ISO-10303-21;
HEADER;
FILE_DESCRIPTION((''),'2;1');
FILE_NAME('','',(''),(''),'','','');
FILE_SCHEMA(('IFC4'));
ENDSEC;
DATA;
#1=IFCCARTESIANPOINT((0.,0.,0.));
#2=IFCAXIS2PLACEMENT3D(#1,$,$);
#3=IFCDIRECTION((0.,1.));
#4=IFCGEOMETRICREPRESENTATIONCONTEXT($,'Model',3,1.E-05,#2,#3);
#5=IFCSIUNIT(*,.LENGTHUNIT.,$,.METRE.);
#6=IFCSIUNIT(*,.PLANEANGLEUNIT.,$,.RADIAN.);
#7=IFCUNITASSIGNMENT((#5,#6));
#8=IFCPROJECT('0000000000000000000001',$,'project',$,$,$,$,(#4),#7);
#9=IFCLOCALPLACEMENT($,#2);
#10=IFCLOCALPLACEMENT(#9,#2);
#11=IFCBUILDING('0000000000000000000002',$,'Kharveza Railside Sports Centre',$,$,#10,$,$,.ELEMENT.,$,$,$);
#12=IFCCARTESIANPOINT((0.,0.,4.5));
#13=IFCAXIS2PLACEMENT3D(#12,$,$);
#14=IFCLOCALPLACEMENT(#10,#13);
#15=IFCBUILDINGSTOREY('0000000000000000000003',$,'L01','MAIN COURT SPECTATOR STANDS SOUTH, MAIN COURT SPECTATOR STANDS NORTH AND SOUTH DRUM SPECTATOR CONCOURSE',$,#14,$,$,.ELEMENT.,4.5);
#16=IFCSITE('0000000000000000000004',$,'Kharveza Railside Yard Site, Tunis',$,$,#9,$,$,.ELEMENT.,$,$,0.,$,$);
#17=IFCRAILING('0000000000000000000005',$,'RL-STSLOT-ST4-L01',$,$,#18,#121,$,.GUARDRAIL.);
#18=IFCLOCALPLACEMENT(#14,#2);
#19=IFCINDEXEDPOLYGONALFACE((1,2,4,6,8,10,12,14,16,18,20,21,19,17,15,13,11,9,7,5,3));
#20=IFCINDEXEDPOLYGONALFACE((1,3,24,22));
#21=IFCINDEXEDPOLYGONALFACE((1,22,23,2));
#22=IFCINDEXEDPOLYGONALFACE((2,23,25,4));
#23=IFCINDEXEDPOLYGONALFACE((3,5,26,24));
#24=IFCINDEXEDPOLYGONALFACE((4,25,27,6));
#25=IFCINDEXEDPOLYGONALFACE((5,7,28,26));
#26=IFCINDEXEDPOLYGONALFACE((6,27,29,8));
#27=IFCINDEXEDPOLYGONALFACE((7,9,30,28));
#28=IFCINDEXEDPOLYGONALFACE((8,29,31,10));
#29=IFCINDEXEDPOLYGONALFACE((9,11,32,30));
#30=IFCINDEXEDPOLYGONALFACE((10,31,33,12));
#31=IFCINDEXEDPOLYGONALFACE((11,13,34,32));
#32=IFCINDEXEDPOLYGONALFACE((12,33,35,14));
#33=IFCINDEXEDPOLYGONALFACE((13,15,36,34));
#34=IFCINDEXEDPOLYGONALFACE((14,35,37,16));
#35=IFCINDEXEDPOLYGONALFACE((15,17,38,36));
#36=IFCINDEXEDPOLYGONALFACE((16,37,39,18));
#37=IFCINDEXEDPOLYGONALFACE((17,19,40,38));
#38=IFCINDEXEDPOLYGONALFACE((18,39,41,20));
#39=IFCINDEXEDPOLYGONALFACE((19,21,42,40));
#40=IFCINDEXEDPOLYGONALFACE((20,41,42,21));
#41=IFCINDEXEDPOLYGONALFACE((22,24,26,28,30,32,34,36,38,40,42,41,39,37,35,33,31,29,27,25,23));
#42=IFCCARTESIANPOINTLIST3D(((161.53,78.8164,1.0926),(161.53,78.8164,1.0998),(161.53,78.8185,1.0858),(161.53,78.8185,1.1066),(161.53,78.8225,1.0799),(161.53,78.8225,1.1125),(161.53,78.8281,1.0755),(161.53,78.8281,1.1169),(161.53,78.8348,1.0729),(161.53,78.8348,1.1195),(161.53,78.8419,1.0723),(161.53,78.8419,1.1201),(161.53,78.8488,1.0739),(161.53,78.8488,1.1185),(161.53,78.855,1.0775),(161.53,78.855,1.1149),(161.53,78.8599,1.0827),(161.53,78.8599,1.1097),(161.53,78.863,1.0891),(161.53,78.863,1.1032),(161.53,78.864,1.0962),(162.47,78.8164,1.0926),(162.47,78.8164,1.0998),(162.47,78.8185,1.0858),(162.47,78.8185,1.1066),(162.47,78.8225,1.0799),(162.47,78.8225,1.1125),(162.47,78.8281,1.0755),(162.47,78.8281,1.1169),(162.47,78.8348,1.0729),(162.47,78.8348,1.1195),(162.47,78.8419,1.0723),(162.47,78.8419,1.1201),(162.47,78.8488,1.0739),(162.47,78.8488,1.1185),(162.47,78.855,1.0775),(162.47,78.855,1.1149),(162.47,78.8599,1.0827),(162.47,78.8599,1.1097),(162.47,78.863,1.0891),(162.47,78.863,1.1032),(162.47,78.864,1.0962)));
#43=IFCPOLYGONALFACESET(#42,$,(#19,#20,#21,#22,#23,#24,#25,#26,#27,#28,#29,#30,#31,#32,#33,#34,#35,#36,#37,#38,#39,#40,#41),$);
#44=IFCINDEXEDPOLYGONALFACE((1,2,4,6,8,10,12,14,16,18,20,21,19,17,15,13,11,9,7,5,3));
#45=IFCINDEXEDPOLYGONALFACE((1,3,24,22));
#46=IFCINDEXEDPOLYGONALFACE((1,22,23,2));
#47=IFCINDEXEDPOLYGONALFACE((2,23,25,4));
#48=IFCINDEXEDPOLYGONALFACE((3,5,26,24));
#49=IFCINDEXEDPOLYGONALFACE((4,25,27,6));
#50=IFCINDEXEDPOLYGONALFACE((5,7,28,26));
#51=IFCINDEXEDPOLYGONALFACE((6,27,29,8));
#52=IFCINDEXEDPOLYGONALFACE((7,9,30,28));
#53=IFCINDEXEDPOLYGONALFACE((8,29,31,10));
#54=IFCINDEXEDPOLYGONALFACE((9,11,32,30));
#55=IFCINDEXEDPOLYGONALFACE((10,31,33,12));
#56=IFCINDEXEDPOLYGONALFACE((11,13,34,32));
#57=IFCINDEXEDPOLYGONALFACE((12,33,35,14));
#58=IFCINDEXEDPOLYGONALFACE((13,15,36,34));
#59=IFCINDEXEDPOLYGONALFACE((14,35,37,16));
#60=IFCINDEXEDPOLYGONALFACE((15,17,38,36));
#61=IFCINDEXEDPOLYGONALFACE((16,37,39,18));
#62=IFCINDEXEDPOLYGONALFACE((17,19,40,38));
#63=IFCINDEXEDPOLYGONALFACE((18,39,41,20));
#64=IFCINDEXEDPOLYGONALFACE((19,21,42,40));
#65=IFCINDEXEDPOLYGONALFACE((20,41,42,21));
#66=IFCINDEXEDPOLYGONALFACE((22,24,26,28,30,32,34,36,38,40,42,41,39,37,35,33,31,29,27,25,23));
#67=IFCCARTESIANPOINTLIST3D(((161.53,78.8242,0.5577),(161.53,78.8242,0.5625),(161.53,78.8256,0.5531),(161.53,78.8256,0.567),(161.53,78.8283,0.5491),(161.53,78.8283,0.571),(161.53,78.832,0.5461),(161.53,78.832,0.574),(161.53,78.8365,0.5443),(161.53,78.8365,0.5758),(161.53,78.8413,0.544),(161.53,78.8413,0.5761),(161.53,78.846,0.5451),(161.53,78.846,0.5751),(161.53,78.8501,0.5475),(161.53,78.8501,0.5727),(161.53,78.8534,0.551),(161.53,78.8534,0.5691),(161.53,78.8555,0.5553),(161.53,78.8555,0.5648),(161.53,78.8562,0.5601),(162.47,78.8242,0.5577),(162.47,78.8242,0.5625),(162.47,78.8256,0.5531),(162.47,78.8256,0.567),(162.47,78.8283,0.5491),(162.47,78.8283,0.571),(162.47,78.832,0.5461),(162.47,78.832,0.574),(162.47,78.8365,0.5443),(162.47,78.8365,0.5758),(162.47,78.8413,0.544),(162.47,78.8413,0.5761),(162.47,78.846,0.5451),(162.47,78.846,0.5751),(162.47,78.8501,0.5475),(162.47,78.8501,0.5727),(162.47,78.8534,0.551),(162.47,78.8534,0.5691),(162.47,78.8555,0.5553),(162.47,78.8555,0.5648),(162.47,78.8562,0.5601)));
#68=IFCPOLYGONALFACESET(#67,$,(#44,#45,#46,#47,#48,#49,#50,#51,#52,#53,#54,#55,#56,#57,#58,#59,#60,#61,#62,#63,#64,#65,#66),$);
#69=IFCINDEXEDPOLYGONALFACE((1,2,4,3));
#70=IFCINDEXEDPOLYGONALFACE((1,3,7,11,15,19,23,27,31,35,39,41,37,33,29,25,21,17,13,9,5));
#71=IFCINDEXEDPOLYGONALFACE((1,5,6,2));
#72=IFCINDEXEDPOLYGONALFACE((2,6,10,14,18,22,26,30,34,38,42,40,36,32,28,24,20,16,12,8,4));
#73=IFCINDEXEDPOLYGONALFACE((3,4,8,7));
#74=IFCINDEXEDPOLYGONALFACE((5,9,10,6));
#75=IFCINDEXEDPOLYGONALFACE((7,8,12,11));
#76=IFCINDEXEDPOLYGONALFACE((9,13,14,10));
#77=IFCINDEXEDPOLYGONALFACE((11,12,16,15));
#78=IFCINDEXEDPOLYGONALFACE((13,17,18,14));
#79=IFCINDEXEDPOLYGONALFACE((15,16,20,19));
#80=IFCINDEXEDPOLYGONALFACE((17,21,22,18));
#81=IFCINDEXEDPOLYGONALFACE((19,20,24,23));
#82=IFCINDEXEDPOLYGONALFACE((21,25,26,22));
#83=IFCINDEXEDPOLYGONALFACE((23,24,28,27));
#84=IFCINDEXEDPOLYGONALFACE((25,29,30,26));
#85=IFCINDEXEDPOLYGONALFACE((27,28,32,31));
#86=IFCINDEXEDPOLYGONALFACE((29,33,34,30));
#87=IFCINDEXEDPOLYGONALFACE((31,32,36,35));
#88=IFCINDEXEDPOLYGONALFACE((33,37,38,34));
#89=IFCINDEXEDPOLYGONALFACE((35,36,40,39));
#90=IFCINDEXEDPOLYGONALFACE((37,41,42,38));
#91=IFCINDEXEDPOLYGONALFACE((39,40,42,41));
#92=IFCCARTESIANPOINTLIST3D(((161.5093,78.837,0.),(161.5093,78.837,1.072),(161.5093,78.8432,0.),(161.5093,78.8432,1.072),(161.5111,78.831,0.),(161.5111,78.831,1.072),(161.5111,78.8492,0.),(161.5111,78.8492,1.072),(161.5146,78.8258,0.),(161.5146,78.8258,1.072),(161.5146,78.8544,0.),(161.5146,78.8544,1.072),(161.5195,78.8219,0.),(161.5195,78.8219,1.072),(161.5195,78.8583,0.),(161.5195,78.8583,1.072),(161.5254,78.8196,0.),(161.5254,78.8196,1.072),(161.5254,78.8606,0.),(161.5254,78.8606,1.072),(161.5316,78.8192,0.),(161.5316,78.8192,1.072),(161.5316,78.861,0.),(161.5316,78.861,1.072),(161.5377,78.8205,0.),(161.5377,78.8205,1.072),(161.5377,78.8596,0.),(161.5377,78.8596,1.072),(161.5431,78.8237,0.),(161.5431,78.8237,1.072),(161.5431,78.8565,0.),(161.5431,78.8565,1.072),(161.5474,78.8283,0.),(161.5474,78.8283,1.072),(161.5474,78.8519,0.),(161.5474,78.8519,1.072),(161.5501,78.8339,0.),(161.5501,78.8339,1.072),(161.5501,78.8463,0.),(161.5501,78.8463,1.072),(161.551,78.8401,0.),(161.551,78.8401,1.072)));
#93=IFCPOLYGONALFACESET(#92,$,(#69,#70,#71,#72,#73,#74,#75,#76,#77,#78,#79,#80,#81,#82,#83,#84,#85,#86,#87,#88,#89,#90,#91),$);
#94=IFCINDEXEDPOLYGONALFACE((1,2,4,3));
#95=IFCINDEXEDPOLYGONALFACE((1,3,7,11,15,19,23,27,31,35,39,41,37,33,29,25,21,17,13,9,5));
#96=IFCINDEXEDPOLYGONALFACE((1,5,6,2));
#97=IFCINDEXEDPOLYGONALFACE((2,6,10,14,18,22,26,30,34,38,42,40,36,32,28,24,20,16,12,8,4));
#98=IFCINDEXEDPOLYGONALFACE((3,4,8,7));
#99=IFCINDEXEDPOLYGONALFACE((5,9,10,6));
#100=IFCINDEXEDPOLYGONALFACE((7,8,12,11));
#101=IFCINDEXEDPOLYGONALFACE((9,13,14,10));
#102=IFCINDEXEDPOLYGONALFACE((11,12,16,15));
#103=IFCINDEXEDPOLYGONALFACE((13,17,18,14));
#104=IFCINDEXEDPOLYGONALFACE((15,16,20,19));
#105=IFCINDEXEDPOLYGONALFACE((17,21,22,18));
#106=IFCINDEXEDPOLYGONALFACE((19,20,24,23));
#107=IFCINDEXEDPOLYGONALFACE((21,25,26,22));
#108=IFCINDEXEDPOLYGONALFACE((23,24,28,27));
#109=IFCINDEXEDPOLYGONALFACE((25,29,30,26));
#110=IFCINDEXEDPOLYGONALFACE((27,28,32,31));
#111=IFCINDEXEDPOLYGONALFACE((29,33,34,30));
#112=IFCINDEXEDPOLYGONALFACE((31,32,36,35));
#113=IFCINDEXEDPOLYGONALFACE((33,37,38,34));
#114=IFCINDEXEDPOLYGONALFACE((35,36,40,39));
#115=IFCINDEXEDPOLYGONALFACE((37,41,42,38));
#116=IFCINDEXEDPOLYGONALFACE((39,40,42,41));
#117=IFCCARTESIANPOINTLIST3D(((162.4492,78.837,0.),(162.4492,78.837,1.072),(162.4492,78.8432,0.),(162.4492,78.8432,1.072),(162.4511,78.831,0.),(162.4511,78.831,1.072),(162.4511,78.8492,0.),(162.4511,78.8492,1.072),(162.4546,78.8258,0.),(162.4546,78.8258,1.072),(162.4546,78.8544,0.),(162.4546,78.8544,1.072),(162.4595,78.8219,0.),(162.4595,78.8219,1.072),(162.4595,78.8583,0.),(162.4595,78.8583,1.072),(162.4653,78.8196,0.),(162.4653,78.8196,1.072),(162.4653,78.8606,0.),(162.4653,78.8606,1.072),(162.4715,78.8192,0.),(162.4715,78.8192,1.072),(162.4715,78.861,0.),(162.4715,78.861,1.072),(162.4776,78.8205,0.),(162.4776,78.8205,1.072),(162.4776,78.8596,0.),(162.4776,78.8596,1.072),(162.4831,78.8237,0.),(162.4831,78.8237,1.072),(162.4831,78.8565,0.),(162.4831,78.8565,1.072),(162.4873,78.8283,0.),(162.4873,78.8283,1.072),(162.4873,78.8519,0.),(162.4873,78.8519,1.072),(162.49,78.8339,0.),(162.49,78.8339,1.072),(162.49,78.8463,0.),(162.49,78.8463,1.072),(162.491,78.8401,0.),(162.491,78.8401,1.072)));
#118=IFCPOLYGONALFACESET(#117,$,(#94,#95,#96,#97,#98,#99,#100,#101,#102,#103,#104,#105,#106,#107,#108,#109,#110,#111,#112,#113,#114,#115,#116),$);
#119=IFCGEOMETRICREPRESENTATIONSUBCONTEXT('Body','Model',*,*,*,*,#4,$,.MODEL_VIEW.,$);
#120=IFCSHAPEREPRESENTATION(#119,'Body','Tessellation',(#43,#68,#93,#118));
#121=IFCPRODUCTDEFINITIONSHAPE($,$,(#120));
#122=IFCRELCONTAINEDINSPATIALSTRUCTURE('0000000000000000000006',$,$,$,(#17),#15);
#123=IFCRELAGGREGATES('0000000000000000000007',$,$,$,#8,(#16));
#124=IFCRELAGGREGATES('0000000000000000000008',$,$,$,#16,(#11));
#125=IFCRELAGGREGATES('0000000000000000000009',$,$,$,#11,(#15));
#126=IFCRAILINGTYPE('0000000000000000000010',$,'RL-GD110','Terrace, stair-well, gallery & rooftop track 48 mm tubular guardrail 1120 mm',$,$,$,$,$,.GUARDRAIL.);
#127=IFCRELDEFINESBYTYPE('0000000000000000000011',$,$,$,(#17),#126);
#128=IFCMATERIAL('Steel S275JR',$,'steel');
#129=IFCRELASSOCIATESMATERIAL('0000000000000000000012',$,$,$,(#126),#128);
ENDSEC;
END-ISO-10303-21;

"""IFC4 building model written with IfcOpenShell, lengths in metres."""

from ifc_helpers import new_model, si_unit, direction, frame, origin, origin_2d, place, context, subcontext, project, spatial, circle, extrude, material, type_object, element, save


model = new_model("IFC4")

# Units and contexts
model_context = context("Model", 3, precision=1e-05, world=origin(), true_north=direction((0.0, 1.0)))
body_context = subcontext(model_context, "Body", "Model", "MODEL_VIEW")
ifc_project = project(units=[si_unit("LENGTHUNIT", "METRE"), si_unit("PLANEANGLEUNIT", "RADIAN")], contexts=[model_context])

# Site, building, storey
site_placement = place(None, origin())
site = spatial("IfcSite", under=ifc_project, at=site_placement, Name="Kharveza Railside Yard Site, Tunis", CompositionType="ELEMENT", RefElevation=0.0)
building_placement = place(site_placement, origin())
building = spatial("IfcBuilding", under=site, at=building_placement, Name="Kharveza Railside Sports Centre", CompositionType="ELEMENT")
storey_placement = place(building_placement, frame((0.0, 0.0, 4.5)))
storey = spatial("IfcBuildingStorey", under=building, at=storey_placement, Name="L01", Description="MAIN COURT SPECTATOR STANDS SOUTH, MAIN COURT SPECTATOR STANDS NORTH AND SOUTH DRUM SPECTATOR CONCOURSE", CompositionType="ELEMENT", Elevation=4.5)

# Railing
ifc_material_1 = material(Name="Steel S275JR", Category="steel")
railing_type_1 = type_object("IfcRailingType", Name="RL-GD110", Description="Terrace, stair-well, gallery & rooftop track 48 mm tubular guardrail 1120 mm", PredefinedType="GUARDRAIL", material=ifc_material_1)
railing_1_placement = place(storey_placement, frame((161.53, 78.8401, 0.0)))
element("IfcRailing", 1, at=railing_1_placement, inside=storey, type_object=railing_type_1, Name="RL-STSLOT-ST4-L01", PredefinedType="GUARDRAIL", context=body_context, shape_type="SweptSolid", body=[
    extrude(circle(Radius=0.0239, at=origin_2d()), frame((0.0, 0.0, 1.0962), z_axis=(1.0, 0.0, 0.0), x_axis=(0.0, 1.0, 0.0)), (0.0, 0.0, 1.0), 0.9399),
    extrude(circle(Radius=0.0161, at=origin_2d()), frame((0.0, 0.0, 0.5601), z_axis=(1.0, 0.0, 0.0), x_axis=(0.0, 1.0, 0.0)), (0.0, 0.0, 1.0), 0.9399),
    extrude(circle(Radius=0.021, at=origin_2d()), origin(), (0.0, 0.0, 1.0), 1.072),
    extrude(circle(Radius=0.021, at=origin_2d()), frame((0.9399, 0.0, 0.0)), (0.0, 0.0, 1.0), 1.072),
])

save(model, "model.ifc")
